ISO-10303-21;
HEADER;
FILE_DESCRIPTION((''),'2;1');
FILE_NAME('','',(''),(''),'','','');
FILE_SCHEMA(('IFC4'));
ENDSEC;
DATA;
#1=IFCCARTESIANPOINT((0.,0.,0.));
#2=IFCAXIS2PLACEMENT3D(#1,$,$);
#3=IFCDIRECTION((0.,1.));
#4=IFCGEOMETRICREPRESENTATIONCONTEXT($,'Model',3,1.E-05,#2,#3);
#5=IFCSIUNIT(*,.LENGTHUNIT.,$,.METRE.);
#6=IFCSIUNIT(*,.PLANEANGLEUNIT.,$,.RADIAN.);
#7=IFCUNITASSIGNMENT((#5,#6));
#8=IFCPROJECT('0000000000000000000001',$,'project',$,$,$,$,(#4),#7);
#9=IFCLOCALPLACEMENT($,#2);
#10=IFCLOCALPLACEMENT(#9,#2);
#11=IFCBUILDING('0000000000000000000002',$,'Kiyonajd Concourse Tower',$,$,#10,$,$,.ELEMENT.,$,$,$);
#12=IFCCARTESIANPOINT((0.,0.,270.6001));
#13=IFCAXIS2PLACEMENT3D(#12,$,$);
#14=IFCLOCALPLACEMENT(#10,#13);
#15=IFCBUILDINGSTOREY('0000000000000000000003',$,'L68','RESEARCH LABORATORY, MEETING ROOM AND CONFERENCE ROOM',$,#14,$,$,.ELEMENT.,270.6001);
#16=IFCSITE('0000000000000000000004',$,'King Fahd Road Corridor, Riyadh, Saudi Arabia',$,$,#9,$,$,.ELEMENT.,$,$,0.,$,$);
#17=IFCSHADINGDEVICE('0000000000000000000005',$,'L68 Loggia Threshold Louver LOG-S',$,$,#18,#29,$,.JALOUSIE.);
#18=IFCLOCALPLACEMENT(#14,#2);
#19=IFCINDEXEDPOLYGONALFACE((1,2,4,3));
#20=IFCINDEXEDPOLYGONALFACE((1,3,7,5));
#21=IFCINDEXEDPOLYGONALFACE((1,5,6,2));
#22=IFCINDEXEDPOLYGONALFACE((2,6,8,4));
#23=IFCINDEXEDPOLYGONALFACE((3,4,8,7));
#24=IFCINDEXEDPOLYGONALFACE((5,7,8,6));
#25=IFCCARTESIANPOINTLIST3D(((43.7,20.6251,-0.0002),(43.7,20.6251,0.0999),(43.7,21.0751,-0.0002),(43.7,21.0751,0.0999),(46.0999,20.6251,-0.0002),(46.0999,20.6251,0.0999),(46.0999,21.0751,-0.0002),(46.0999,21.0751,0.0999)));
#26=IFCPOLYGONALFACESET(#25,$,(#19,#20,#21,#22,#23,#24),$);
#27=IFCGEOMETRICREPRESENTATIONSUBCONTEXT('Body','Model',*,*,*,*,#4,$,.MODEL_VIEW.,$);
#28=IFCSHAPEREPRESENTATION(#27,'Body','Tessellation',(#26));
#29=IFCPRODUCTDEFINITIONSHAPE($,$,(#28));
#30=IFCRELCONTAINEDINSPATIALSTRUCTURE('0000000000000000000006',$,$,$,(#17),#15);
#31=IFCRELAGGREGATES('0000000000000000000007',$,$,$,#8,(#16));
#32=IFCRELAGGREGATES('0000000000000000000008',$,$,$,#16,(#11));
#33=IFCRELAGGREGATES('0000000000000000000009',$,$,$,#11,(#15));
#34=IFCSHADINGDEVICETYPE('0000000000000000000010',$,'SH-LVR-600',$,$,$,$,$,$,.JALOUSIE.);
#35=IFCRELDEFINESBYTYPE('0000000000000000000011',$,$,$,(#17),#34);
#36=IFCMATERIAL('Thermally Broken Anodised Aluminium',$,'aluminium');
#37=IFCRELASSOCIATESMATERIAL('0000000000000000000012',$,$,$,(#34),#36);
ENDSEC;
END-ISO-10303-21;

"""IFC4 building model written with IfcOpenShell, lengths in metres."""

from ifc_helpers import new_model, si_unit, direction, frame, origin, origin_2d, place, context, subcontext, project, spatial, rectangle, extrude, material, type_object, element, save


model = new_model("IFC4")

# Units and contexts
model_context = context("Model", 3, precision=1e-05, world=origin(), true_north=direction((0.0, 1.0)))
body_context = subcontext(model_context, "Body", "Model", "MODEL_VIEW")
ifc_project = project(units=[si_unit("LENGTHUNIT", "METRE"), si_unit("PLANEANGLEUNIT", "RADIAN")], contexts=[model_context])

# Site, building, storey
site_placement = place(None, origin())
site = spatial("IfcSite", under=ifc_project, at=site_placement, Name="King Fahd Road Corridor, Riyadh, Saudi Arabia", CompositionType="ELEMENT", RefElevation=0.0)
building_placement = place(site_placement, origin())
building = spatial("IfcBuilding", under=site, at=building_placement, Name="Kiyonajd Concourse Tower", CompositionType="ELEMENT")
storey_placement = place(building_placement, frame((0.0, 0.0, 270.6001)))
storey = spatial("IfcBuildingStorey", under=building, at=storey_placement, Name="L68", Description="RESEARCH LABORATORY, MEETING ROOM AND CONFERENCE ROOM", CompositionType="ELEMENT", Elevation=270.6001)

# Shared definitions
ifc_material_1 = material(Name="Thermally Broken Anodised Aluminium", Category="aluminium")

# Shading device
shading_device_type_1 = type_object("IfcShadingDeviceType", Name="SH-LVR-600", PredefinedType="JALOUSIE", material=ifc_material_1)
shading_device_1_placement = place(storey_placement, frame((44.8999, 20.8501, -0.0002), z_axis=(0.0, 0.0, 1.0), x_axis=(1.0, 0.0, 0.0)))
element("IfcShadingDevice", 1, at=shading_device_1_placement, inside=storey, type_object=shading_device_type_1, Name="L68 Loggia Threshold Louver LOG-S", PredefinedType="JALOUSIE", context=body_context, shape_type="SweptSolid", body=[
    extrude(rectangle(XDim=2.3999, YDim=0.45, at=origin_2d()), origin(), (0.0, 0.0, 1.0), 0.1001),
])

save(model, "model.ifc")
